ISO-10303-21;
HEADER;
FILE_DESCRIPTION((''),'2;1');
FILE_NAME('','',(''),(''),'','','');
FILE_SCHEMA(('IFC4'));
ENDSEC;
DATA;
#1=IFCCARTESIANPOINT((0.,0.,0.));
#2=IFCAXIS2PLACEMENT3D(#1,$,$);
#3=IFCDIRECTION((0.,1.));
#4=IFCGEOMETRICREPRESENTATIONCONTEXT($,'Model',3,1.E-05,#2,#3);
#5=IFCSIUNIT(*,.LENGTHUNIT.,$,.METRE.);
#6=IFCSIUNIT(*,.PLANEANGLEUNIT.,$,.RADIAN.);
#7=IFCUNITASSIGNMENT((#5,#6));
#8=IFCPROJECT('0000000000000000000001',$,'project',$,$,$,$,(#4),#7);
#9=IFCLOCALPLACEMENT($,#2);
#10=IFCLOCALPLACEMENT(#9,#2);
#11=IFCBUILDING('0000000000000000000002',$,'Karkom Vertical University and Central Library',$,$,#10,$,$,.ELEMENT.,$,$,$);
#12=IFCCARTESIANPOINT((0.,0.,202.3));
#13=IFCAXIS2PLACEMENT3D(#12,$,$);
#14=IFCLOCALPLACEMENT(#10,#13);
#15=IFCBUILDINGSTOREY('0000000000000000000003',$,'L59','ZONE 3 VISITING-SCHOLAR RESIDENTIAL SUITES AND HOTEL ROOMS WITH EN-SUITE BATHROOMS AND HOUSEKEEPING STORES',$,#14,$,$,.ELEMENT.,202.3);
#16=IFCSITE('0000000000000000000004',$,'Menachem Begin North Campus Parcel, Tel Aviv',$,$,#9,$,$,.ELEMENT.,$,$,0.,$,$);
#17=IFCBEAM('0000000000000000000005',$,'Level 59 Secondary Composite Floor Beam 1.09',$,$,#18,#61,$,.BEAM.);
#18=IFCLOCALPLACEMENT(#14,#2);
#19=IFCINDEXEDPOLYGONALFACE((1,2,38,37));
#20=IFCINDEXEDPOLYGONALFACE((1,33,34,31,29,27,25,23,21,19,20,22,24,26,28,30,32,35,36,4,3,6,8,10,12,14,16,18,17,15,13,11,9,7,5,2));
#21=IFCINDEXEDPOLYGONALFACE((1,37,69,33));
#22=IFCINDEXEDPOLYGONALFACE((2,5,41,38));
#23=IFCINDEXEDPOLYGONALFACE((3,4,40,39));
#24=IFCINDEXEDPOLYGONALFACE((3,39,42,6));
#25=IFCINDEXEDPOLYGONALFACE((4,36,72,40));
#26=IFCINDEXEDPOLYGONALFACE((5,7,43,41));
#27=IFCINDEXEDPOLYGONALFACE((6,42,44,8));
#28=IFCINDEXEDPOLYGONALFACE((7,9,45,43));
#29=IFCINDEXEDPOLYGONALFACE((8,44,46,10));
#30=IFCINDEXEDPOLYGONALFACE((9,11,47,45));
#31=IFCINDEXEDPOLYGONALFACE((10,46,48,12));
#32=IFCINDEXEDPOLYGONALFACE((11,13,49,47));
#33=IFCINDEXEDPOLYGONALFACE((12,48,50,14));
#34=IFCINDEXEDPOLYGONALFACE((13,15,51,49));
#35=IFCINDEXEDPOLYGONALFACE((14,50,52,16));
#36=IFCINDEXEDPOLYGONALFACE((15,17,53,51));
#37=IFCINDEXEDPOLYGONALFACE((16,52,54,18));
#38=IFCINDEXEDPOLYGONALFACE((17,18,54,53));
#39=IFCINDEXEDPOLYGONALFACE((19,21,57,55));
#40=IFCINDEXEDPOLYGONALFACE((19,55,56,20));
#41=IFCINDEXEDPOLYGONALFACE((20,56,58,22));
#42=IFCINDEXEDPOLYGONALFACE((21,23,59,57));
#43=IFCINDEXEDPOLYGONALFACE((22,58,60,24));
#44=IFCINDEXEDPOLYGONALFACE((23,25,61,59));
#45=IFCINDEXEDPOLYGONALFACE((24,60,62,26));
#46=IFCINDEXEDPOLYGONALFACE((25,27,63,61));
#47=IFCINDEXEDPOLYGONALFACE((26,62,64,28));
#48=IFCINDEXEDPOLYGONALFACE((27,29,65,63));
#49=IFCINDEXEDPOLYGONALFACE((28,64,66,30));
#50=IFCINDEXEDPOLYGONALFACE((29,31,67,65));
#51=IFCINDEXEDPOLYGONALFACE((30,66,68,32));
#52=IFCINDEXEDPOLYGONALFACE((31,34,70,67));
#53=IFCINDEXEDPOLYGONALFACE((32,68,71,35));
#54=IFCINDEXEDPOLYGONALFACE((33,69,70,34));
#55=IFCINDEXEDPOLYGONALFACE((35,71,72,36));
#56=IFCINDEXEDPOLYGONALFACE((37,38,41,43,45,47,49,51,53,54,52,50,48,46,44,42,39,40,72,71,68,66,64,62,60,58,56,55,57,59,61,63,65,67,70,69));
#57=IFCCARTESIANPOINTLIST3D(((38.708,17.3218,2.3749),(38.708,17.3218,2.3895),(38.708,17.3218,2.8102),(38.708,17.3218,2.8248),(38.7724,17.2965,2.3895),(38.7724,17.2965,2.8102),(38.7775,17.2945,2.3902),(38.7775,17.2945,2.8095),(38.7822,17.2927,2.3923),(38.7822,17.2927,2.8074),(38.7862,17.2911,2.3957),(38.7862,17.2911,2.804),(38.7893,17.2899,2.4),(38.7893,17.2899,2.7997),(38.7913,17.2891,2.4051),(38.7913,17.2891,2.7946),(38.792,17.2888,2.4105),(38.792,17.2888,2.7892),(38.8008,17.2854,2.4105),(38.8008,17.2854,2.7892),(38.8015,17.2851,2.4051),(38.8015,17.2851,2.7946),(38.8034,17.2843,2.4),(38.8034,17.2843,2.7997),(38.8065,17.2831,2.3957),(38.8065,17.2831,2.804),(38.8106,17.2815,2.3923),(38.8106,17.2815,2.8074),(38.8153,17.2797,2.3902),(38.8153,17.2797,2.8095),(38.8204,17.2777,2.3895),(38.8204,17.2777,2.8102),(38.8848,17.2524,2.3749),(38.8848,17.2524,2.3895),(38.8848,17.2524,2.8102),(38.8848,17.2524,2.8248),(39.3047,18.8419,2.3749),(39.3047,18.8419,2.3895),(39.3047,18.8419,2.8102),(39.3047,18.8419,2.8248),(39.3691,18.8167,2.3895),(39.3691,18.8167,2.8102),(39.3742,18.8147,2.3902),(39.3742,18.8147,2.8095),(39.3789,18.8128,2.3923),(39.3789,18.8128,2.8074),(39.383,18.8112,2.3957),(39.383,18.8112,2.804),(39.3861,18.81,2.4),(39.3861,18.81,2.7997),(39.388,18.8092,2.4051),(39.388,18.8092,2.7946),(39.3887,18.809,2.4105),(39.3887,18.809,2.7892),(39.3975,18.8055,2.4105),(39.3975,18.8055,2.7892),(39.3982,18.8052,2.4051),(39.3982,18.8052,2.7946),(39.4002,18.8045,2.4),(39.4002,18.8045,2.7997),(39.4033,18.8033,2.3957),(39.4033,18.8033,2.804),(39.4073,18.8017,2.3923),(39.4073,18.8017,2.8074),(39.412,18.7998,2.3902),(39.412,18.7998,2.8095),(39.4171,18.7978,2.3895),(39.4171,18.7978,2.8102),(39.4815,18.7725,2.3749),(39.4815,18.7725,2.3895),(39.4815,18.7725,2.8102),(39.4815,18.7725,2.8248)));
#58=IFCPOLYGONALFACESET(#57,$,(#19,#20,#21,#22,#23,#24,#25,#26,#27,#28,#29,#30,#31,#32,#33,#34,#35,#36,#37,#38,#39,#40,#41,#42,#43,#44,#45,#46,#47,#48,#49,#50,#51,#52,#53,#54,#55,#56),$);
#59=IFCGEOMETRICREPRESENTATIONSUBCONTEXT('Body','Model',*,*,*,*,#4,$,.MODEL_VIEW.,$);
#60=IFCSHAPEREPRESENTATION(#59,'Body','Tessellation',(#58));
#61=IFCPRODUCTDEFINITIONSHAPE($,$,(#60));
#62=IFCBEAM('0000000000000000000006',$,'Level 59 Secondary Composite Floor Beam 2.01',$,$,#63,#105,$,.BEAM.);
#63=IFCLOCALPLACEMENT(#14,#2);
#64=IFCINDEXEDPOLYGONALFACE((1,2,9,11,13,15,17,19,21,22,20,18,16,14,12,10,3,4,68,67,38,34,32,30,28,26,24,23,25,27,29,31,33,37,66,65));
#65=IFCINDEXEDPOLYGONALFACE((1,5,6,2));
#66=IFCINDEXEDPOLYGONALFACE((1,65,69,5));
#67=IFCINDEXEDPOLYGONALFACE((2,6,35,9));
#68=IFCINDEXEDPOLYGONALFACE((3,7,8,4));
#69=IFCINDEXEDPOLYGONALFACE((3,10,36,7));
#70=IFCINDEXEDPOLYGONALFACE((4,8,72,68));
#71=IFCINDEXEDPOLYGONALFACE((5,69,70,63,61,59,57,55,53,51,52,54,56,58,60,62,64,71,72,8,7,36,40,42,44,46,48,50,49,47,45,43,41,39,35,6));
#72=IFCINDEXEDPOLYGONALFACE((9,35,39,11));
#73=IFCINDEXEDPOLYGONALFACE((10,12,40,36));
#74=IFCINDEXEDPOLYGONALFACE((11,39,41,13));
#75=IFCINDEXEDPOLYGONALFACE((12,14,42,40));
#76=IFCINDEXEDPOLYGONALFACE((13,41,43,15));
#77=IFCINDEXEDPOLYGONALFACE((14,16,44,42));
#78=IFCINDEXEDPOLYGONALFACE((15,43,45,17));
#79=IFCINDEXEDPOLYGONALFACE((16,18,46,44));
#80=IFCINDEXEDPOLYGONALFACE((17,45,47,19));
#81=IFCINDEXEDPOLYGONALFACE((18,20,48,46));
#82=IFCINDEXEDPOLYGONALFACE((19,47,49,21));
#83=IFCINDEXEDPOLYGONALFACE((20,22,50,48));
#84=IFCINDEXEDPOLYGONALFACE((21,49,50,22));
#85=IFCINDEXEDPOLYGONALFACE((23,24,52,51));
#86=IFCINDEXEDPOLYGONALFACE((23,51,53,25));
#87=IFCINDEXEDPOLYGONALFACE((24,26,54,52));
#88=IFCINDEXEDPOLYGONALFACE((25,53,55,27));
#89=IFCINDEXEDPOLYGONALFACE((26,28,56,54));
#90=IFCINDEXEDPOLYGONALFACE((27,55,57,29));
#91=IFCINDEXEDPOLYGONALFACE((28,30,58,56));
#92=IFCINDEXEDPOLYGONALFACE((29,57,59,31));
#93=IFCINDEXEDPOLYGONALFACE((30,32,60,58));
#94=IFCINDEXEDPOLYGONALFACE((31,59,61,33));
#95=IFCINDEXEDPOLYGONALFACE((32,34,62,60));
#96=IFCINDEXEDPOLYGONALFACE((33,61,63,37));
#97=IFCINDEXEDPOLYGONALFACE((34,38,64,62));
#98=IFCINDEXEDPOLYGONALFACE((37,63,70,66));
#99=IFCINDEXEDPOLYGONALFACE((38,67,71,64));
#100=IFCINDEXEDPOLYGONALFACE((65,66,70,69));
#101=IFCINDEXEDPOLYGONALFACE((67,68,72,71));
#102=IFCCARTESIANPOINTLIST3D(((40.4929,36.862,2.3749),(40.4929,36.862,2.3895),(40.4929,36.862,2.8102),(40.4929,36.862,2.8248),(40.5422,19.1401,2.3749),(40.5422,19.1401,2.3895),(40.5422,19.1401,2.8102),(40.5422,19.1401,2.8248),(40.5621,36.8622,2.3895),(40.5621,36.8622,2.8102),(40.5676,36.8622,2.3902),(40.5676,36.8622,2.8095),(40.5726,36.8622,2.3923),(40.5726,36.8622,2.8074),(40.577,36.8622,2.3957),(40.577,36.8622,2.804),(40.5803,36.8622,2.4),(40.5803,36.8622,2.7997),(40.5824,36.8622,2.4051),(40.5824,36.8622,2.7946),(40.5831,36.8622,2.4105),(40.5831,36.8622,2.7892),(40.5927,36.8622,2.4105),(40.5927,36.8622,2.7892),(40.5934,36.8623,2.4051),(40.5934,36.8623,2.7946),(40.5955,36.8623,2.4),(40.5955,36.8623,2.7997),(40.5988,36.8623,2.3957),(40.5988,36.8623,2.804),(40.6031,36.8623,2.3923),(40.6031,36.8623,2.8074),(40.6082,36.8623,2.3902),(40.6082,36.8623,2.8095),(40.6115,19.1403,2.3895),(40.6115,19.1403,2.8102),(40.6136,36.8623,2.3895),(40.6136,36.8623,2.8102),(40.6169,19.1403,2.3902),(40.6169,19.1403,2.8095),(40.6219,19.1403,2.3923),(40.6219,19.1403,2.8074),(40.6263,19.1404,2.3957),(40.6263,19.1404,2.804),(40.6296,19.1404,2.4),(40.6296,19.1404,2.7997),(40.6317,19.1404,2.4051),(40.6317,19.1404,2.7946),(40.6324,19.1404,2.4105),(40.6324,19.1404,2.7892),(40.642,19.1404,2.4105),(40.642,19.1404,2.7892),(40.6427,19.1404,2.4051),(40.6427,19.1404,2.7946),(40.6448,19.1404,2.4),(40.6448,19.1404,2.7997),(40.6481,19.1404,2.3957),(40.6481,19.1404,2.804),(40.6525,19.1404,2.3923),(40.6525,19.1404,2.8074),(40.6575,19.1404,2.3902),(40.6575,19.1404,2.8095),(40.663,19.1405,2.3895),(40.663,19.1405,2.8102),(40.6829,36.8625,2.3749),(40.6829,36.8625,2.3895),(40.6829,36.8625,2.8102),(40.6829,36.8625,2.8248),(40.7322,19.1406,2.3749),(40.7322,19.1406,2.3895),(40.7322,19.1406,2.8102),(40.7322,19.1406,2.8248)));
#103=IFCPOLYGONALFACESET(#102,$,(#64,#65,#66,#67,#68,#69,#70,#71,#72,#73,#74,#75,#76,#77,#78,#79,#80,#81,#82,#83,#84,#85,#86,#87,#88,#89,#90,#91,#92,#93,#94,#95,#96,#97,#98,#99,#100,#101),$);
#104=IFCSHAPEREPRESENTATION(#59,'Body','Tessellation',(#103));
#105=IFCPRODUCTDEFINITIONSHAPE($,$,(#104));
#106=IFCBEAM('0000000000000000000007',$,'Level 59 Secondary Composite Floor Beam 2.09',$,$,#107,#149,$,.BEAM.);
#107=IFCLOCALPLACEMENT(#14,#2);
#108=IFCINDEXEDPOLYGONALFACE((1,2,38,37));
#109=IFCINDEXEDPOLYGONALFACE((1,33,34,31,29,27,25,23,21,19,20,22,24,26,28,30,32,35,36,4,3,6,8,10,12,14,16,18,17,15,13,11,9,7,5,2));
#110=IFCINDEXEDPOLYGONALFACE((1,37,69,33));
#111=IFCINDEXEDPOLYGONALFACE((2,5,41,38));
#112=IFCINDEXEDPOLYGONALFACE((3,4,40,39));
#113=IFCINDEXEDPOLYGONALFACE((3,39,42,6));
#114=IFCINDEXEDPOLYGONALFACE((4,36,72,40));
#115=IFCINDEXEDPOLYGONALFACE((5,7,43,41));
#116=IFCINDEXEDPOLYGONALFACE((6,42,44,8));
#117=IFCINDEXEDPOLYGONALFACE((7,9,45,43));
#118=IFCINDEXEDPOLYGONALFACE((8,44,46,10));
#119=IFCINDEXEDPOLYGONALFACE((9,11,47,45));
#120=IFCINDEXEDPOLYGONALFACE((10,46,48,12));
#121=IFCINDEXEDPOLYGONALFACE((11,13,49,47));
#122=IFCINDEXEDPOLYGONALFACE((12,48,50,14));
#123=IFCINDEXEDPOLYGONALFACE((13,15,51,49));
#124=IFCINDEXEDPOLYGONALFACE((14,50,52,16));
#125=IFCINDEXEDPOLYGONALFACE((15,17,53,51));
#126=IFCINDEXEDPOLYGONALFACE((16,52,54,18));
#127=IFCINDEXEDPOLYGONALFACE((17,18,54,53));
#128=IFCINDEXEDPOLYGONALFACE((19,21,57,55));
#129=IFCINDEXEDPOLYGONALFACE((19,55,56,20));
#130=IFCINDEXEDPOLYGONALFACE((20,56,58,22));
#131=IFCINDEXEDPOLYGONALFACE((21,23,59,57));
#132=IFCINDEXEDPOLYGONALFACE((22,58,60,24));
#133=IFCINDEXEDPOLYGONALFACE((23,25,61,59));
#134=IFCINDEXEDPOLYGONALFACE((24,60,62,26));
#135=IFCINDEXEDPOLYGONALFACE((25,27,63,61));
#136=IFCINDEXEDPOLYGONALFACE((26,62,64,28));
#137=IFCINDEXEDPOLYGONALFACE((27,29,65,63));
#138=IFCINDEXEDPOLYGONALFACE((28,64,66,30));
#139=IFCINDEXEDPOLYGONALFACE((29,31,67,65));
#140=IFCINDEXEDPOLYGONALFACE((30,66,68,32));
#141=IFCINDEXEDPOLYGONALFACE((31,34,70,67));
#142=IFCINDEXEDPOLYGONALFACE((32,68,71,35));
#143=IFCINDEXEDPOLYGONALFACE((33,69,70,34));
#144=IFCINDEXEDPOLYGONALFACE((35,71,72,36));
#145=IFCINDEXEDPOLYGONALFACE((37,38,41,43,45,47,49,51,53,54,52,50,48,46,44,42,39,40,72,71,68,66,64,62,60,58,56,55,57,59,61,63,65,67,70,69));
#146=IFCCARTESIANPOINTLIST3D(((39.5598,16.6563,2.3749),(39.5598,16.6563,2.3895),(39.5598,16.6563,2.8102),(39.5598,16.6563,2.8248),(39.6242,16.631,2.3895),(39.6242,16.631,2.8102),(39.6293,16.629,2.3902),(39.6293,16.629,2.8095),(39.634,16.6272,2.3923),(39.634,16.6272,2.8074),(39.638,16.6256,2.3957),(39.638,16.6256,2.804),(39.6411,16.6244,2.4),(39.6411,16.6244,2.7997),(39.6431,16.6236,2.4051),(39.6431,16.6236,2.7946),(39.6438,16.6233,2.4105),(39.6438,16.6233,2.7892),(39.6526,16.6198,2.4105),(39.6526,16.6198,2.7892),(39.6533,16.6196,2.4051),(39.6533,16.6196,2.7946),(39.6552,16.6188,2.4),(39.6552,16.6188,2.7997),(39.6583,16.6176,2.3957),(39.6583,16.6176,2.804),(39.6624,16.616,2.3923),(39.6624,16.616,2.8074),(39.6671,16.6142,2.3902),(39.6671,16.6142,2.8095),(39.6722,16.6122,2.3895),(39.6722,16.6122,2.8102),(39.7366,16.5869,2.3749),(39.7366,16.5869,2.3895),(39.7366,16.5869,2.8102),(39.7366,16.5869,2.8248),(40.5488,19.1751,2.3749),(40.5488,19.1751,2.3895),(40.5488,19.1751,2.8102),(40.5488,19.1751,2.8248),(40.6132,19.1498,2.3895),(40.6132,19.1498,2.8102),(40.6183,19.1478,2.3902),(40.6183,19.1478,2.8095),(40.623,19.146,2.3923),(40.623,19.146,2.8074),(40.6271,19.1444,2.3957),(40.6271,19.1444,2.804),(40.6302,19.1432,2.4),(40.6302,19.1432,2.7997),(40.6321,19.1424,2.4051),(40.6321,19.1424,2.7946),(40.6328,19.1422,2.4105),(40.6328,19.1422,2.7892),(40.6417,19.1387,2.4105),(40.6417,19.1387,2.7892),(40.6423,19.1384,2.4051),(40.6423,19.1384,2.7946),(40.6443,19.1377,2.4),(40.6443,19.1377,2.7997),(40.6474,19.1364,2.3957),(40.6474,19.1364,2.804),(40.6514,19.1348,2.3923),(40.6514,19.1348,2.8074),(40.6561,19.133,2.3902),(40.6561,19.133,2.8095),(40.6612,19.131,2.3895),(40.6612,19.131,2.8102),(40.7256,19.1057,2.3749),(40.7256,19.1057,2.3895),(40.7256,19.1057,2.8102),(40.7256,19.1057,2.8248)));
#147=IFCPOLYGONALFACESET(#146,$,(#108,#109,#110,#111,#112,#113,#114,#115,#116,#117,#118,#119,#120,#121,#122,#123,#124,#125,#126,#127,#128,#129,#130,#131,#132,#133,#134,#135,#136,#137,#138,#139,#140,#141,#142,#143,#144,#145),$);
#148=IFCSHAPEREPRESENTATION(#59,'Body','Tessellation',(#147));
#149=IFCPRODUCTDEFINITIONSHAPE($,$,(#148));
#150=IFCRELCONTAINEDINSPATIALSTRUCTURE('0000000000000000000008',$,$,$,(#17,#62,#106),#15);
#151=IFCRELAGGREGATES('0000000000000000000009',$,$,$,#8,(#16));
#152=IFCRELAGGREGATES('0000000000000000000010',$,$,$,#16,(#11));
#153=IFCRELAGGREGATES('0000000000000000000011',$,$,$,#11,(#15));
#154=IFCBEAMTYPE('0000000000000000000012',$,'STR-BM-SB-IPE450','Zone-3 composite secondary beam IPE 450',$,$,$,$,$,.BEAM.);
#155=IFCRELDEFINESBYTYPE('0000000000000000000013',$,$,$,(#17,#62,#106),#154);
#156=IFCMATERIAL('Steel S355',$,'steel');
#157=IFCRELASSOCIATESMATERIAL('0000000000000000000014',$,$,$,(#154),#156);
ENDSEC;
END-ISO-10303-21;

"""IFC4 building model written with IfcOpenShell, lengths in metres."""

from ifc_helpers import new_model, si_unit, direction, frame, origin, origin_with_axes, origin_2d, place, context, subcontext, project, spatial, i_section, extrude, source, transform, mapped, material, material_profile, profile_set, type_object, element, save


model = new_model("IFC4")

# Units and contexts
model_context = context("Model", 3, precision=1e-05, world=origin(), true_north=direction((0.0, 1.0)))
body_context = subcontext(model_context, "Body", "Model", "MODEL_VIEW")
ifc_project = project(units=[si_unit("LENGTHUNIT", "METRE"), si_unit("PLANEANGLEUNIT", "RADIAN")], contexts=[model_context])

# Site, building, storey
site_placement = place(None, origin())
site = spatial("IfcSite", under=ifc_project, at=site_placement, Name="Menachem Begin North Campus Parcel, Tel Aviv", CompositionType="ELEMENT", RefElevation=0.0)
building_placement = place(site_placement, origin())
building = spatial("IfcBuilding", under=site, at=building_placement, Name="Karkom Vertical University and Central Library", CompositionType="ELEMENT")
storey_placement = place(building_placement, frame((0.0, 0.0, 202.3)))
storey = spatial("IfcBuildingStorey", under=building, at=storey_placement, Name="L59", Description="ZONE 3 VISITING-SCHOLAR RESIDENTIAL SUITES AND HOTEL ROOMS WITH EN-SUITE BATHROOMS AND HOUSEKEEPING STORES", CompositionType="ELEMENT", Elevation=202.3)

# Beams
ifc_material_1 = material(Name="Steel S355", Category="steel")
ifc_material_profile_1 = material_profile(ifc_material_1, i_section(OverallWidth=0.1899, OverallDepth=0.45, WebThickness=0.0095, FlangeThickness=0.0146, FilletRadius=0.021, at=origin_2d()), Name="IPE 450")
ifc_profile_set_1 = profile_set([ifc_material_profile_1], Name="Steel S355")
beam_type_1 = type_object("IfcBeamType", Name="STR-BM-SB-IPE450", Description="Zone-3 composite secondary beam IPE 450", PredefinedType="BEAM", material=ifc_profile_set_1)
shared_shape_1 = source(origin_with_axes(), body_context, "Body", "SweptSolid", [
    extrude(i_section(OverallWidth=0.1899, OverallDepth=0.45, WebThickness=0.0095, FlangeThickness=0.0146, FilletRadius=0.021, at=origin_2d()), origin(), (0.0, 0.0, 1.0), 1.6331),
])
beam_1_placement = place(storey_placement, frame((38.7964, 17.2871, 2.5999), z_axis=(0.365403, 0.93085, 0.0), x_axis=(-0.93085, 0.365403, 0.0)))
element("IfcBeam", 1, at=beam_1_placement, inside=storey, type_object=beam_type_1, Name="Level 59 Secondary Composite Floor Beam 1.09", PredefinedType="BEAM", context=body_context, shape_type="MappedRepresentation", body=[
    mapped(shared_shape_1, transform((0.0, 0.0, 0.0), scale=1.0)),
])
shared_shape_2 = source(origin_with_axes(), body_context, "Body", "SweptSolid", [
    extrude(i_section(OverallWidth=0.1899, OverallDepth=0.45, WebThickness=0.0095, FlangeThickness=0.0146, FilletRadius=0.021, at=origin_2d()), origin(), (0.0, 0.0, 1.0), 17.7219),
])
beam_2_placement = place(storey_placement, frame((40.6372, 19.1404, 2.5999), z_axis=(-0.002783, 0.999996, 0.0), x_axis=(-0.999996, -0.002783, 0.0)))
element("IfcBeam", 2, at=beam_2_placement, inside=storey, type_object=beam_type_1, Name="Level 59 Secondary Composite Floor Beam 2.01", PredefinedType="BEAM", context=body_context, shape_type="MappedRepresentation", body=[
    mapped(shared_shape_2, transform((0.0, 0.0, 0.0), scale=1.0)),
])
shared_shape_3 = source(origin_with_axes(), body_context, "Body", "SweptSolid", [
    extrude(i_section(OverallWidth=0.1899, OverallDepth=0.45, WebThickness=0.0095, FlangeThickness=0.0146, FilletRadius=0.021, at=origin_2d()), origin(), (0.0, 0.0, 1.0), 2.7061),
])
beam_3_placement = place(storey_placement, frame((39.6482, 16.6216, 2.5999), z_axis=(0.365488, 0.930816, 0.0), x_axis=(-0.930816, 0.365488, 0.0)))
element("IfcBeam", 3, at=beam_3_placement, inside=storey, type_object=beam_type_1, Name="Level 59 Secondary Composite Floor Beam 2.09", PredefinedType="BEAM", context=body_context, shape_type="MappedRepresentation", body=[
    mapped(shared_shape_3, transform((0.0, 0.0, 0.0), scale=1.0)),
])

save(model, "model.ifc")
